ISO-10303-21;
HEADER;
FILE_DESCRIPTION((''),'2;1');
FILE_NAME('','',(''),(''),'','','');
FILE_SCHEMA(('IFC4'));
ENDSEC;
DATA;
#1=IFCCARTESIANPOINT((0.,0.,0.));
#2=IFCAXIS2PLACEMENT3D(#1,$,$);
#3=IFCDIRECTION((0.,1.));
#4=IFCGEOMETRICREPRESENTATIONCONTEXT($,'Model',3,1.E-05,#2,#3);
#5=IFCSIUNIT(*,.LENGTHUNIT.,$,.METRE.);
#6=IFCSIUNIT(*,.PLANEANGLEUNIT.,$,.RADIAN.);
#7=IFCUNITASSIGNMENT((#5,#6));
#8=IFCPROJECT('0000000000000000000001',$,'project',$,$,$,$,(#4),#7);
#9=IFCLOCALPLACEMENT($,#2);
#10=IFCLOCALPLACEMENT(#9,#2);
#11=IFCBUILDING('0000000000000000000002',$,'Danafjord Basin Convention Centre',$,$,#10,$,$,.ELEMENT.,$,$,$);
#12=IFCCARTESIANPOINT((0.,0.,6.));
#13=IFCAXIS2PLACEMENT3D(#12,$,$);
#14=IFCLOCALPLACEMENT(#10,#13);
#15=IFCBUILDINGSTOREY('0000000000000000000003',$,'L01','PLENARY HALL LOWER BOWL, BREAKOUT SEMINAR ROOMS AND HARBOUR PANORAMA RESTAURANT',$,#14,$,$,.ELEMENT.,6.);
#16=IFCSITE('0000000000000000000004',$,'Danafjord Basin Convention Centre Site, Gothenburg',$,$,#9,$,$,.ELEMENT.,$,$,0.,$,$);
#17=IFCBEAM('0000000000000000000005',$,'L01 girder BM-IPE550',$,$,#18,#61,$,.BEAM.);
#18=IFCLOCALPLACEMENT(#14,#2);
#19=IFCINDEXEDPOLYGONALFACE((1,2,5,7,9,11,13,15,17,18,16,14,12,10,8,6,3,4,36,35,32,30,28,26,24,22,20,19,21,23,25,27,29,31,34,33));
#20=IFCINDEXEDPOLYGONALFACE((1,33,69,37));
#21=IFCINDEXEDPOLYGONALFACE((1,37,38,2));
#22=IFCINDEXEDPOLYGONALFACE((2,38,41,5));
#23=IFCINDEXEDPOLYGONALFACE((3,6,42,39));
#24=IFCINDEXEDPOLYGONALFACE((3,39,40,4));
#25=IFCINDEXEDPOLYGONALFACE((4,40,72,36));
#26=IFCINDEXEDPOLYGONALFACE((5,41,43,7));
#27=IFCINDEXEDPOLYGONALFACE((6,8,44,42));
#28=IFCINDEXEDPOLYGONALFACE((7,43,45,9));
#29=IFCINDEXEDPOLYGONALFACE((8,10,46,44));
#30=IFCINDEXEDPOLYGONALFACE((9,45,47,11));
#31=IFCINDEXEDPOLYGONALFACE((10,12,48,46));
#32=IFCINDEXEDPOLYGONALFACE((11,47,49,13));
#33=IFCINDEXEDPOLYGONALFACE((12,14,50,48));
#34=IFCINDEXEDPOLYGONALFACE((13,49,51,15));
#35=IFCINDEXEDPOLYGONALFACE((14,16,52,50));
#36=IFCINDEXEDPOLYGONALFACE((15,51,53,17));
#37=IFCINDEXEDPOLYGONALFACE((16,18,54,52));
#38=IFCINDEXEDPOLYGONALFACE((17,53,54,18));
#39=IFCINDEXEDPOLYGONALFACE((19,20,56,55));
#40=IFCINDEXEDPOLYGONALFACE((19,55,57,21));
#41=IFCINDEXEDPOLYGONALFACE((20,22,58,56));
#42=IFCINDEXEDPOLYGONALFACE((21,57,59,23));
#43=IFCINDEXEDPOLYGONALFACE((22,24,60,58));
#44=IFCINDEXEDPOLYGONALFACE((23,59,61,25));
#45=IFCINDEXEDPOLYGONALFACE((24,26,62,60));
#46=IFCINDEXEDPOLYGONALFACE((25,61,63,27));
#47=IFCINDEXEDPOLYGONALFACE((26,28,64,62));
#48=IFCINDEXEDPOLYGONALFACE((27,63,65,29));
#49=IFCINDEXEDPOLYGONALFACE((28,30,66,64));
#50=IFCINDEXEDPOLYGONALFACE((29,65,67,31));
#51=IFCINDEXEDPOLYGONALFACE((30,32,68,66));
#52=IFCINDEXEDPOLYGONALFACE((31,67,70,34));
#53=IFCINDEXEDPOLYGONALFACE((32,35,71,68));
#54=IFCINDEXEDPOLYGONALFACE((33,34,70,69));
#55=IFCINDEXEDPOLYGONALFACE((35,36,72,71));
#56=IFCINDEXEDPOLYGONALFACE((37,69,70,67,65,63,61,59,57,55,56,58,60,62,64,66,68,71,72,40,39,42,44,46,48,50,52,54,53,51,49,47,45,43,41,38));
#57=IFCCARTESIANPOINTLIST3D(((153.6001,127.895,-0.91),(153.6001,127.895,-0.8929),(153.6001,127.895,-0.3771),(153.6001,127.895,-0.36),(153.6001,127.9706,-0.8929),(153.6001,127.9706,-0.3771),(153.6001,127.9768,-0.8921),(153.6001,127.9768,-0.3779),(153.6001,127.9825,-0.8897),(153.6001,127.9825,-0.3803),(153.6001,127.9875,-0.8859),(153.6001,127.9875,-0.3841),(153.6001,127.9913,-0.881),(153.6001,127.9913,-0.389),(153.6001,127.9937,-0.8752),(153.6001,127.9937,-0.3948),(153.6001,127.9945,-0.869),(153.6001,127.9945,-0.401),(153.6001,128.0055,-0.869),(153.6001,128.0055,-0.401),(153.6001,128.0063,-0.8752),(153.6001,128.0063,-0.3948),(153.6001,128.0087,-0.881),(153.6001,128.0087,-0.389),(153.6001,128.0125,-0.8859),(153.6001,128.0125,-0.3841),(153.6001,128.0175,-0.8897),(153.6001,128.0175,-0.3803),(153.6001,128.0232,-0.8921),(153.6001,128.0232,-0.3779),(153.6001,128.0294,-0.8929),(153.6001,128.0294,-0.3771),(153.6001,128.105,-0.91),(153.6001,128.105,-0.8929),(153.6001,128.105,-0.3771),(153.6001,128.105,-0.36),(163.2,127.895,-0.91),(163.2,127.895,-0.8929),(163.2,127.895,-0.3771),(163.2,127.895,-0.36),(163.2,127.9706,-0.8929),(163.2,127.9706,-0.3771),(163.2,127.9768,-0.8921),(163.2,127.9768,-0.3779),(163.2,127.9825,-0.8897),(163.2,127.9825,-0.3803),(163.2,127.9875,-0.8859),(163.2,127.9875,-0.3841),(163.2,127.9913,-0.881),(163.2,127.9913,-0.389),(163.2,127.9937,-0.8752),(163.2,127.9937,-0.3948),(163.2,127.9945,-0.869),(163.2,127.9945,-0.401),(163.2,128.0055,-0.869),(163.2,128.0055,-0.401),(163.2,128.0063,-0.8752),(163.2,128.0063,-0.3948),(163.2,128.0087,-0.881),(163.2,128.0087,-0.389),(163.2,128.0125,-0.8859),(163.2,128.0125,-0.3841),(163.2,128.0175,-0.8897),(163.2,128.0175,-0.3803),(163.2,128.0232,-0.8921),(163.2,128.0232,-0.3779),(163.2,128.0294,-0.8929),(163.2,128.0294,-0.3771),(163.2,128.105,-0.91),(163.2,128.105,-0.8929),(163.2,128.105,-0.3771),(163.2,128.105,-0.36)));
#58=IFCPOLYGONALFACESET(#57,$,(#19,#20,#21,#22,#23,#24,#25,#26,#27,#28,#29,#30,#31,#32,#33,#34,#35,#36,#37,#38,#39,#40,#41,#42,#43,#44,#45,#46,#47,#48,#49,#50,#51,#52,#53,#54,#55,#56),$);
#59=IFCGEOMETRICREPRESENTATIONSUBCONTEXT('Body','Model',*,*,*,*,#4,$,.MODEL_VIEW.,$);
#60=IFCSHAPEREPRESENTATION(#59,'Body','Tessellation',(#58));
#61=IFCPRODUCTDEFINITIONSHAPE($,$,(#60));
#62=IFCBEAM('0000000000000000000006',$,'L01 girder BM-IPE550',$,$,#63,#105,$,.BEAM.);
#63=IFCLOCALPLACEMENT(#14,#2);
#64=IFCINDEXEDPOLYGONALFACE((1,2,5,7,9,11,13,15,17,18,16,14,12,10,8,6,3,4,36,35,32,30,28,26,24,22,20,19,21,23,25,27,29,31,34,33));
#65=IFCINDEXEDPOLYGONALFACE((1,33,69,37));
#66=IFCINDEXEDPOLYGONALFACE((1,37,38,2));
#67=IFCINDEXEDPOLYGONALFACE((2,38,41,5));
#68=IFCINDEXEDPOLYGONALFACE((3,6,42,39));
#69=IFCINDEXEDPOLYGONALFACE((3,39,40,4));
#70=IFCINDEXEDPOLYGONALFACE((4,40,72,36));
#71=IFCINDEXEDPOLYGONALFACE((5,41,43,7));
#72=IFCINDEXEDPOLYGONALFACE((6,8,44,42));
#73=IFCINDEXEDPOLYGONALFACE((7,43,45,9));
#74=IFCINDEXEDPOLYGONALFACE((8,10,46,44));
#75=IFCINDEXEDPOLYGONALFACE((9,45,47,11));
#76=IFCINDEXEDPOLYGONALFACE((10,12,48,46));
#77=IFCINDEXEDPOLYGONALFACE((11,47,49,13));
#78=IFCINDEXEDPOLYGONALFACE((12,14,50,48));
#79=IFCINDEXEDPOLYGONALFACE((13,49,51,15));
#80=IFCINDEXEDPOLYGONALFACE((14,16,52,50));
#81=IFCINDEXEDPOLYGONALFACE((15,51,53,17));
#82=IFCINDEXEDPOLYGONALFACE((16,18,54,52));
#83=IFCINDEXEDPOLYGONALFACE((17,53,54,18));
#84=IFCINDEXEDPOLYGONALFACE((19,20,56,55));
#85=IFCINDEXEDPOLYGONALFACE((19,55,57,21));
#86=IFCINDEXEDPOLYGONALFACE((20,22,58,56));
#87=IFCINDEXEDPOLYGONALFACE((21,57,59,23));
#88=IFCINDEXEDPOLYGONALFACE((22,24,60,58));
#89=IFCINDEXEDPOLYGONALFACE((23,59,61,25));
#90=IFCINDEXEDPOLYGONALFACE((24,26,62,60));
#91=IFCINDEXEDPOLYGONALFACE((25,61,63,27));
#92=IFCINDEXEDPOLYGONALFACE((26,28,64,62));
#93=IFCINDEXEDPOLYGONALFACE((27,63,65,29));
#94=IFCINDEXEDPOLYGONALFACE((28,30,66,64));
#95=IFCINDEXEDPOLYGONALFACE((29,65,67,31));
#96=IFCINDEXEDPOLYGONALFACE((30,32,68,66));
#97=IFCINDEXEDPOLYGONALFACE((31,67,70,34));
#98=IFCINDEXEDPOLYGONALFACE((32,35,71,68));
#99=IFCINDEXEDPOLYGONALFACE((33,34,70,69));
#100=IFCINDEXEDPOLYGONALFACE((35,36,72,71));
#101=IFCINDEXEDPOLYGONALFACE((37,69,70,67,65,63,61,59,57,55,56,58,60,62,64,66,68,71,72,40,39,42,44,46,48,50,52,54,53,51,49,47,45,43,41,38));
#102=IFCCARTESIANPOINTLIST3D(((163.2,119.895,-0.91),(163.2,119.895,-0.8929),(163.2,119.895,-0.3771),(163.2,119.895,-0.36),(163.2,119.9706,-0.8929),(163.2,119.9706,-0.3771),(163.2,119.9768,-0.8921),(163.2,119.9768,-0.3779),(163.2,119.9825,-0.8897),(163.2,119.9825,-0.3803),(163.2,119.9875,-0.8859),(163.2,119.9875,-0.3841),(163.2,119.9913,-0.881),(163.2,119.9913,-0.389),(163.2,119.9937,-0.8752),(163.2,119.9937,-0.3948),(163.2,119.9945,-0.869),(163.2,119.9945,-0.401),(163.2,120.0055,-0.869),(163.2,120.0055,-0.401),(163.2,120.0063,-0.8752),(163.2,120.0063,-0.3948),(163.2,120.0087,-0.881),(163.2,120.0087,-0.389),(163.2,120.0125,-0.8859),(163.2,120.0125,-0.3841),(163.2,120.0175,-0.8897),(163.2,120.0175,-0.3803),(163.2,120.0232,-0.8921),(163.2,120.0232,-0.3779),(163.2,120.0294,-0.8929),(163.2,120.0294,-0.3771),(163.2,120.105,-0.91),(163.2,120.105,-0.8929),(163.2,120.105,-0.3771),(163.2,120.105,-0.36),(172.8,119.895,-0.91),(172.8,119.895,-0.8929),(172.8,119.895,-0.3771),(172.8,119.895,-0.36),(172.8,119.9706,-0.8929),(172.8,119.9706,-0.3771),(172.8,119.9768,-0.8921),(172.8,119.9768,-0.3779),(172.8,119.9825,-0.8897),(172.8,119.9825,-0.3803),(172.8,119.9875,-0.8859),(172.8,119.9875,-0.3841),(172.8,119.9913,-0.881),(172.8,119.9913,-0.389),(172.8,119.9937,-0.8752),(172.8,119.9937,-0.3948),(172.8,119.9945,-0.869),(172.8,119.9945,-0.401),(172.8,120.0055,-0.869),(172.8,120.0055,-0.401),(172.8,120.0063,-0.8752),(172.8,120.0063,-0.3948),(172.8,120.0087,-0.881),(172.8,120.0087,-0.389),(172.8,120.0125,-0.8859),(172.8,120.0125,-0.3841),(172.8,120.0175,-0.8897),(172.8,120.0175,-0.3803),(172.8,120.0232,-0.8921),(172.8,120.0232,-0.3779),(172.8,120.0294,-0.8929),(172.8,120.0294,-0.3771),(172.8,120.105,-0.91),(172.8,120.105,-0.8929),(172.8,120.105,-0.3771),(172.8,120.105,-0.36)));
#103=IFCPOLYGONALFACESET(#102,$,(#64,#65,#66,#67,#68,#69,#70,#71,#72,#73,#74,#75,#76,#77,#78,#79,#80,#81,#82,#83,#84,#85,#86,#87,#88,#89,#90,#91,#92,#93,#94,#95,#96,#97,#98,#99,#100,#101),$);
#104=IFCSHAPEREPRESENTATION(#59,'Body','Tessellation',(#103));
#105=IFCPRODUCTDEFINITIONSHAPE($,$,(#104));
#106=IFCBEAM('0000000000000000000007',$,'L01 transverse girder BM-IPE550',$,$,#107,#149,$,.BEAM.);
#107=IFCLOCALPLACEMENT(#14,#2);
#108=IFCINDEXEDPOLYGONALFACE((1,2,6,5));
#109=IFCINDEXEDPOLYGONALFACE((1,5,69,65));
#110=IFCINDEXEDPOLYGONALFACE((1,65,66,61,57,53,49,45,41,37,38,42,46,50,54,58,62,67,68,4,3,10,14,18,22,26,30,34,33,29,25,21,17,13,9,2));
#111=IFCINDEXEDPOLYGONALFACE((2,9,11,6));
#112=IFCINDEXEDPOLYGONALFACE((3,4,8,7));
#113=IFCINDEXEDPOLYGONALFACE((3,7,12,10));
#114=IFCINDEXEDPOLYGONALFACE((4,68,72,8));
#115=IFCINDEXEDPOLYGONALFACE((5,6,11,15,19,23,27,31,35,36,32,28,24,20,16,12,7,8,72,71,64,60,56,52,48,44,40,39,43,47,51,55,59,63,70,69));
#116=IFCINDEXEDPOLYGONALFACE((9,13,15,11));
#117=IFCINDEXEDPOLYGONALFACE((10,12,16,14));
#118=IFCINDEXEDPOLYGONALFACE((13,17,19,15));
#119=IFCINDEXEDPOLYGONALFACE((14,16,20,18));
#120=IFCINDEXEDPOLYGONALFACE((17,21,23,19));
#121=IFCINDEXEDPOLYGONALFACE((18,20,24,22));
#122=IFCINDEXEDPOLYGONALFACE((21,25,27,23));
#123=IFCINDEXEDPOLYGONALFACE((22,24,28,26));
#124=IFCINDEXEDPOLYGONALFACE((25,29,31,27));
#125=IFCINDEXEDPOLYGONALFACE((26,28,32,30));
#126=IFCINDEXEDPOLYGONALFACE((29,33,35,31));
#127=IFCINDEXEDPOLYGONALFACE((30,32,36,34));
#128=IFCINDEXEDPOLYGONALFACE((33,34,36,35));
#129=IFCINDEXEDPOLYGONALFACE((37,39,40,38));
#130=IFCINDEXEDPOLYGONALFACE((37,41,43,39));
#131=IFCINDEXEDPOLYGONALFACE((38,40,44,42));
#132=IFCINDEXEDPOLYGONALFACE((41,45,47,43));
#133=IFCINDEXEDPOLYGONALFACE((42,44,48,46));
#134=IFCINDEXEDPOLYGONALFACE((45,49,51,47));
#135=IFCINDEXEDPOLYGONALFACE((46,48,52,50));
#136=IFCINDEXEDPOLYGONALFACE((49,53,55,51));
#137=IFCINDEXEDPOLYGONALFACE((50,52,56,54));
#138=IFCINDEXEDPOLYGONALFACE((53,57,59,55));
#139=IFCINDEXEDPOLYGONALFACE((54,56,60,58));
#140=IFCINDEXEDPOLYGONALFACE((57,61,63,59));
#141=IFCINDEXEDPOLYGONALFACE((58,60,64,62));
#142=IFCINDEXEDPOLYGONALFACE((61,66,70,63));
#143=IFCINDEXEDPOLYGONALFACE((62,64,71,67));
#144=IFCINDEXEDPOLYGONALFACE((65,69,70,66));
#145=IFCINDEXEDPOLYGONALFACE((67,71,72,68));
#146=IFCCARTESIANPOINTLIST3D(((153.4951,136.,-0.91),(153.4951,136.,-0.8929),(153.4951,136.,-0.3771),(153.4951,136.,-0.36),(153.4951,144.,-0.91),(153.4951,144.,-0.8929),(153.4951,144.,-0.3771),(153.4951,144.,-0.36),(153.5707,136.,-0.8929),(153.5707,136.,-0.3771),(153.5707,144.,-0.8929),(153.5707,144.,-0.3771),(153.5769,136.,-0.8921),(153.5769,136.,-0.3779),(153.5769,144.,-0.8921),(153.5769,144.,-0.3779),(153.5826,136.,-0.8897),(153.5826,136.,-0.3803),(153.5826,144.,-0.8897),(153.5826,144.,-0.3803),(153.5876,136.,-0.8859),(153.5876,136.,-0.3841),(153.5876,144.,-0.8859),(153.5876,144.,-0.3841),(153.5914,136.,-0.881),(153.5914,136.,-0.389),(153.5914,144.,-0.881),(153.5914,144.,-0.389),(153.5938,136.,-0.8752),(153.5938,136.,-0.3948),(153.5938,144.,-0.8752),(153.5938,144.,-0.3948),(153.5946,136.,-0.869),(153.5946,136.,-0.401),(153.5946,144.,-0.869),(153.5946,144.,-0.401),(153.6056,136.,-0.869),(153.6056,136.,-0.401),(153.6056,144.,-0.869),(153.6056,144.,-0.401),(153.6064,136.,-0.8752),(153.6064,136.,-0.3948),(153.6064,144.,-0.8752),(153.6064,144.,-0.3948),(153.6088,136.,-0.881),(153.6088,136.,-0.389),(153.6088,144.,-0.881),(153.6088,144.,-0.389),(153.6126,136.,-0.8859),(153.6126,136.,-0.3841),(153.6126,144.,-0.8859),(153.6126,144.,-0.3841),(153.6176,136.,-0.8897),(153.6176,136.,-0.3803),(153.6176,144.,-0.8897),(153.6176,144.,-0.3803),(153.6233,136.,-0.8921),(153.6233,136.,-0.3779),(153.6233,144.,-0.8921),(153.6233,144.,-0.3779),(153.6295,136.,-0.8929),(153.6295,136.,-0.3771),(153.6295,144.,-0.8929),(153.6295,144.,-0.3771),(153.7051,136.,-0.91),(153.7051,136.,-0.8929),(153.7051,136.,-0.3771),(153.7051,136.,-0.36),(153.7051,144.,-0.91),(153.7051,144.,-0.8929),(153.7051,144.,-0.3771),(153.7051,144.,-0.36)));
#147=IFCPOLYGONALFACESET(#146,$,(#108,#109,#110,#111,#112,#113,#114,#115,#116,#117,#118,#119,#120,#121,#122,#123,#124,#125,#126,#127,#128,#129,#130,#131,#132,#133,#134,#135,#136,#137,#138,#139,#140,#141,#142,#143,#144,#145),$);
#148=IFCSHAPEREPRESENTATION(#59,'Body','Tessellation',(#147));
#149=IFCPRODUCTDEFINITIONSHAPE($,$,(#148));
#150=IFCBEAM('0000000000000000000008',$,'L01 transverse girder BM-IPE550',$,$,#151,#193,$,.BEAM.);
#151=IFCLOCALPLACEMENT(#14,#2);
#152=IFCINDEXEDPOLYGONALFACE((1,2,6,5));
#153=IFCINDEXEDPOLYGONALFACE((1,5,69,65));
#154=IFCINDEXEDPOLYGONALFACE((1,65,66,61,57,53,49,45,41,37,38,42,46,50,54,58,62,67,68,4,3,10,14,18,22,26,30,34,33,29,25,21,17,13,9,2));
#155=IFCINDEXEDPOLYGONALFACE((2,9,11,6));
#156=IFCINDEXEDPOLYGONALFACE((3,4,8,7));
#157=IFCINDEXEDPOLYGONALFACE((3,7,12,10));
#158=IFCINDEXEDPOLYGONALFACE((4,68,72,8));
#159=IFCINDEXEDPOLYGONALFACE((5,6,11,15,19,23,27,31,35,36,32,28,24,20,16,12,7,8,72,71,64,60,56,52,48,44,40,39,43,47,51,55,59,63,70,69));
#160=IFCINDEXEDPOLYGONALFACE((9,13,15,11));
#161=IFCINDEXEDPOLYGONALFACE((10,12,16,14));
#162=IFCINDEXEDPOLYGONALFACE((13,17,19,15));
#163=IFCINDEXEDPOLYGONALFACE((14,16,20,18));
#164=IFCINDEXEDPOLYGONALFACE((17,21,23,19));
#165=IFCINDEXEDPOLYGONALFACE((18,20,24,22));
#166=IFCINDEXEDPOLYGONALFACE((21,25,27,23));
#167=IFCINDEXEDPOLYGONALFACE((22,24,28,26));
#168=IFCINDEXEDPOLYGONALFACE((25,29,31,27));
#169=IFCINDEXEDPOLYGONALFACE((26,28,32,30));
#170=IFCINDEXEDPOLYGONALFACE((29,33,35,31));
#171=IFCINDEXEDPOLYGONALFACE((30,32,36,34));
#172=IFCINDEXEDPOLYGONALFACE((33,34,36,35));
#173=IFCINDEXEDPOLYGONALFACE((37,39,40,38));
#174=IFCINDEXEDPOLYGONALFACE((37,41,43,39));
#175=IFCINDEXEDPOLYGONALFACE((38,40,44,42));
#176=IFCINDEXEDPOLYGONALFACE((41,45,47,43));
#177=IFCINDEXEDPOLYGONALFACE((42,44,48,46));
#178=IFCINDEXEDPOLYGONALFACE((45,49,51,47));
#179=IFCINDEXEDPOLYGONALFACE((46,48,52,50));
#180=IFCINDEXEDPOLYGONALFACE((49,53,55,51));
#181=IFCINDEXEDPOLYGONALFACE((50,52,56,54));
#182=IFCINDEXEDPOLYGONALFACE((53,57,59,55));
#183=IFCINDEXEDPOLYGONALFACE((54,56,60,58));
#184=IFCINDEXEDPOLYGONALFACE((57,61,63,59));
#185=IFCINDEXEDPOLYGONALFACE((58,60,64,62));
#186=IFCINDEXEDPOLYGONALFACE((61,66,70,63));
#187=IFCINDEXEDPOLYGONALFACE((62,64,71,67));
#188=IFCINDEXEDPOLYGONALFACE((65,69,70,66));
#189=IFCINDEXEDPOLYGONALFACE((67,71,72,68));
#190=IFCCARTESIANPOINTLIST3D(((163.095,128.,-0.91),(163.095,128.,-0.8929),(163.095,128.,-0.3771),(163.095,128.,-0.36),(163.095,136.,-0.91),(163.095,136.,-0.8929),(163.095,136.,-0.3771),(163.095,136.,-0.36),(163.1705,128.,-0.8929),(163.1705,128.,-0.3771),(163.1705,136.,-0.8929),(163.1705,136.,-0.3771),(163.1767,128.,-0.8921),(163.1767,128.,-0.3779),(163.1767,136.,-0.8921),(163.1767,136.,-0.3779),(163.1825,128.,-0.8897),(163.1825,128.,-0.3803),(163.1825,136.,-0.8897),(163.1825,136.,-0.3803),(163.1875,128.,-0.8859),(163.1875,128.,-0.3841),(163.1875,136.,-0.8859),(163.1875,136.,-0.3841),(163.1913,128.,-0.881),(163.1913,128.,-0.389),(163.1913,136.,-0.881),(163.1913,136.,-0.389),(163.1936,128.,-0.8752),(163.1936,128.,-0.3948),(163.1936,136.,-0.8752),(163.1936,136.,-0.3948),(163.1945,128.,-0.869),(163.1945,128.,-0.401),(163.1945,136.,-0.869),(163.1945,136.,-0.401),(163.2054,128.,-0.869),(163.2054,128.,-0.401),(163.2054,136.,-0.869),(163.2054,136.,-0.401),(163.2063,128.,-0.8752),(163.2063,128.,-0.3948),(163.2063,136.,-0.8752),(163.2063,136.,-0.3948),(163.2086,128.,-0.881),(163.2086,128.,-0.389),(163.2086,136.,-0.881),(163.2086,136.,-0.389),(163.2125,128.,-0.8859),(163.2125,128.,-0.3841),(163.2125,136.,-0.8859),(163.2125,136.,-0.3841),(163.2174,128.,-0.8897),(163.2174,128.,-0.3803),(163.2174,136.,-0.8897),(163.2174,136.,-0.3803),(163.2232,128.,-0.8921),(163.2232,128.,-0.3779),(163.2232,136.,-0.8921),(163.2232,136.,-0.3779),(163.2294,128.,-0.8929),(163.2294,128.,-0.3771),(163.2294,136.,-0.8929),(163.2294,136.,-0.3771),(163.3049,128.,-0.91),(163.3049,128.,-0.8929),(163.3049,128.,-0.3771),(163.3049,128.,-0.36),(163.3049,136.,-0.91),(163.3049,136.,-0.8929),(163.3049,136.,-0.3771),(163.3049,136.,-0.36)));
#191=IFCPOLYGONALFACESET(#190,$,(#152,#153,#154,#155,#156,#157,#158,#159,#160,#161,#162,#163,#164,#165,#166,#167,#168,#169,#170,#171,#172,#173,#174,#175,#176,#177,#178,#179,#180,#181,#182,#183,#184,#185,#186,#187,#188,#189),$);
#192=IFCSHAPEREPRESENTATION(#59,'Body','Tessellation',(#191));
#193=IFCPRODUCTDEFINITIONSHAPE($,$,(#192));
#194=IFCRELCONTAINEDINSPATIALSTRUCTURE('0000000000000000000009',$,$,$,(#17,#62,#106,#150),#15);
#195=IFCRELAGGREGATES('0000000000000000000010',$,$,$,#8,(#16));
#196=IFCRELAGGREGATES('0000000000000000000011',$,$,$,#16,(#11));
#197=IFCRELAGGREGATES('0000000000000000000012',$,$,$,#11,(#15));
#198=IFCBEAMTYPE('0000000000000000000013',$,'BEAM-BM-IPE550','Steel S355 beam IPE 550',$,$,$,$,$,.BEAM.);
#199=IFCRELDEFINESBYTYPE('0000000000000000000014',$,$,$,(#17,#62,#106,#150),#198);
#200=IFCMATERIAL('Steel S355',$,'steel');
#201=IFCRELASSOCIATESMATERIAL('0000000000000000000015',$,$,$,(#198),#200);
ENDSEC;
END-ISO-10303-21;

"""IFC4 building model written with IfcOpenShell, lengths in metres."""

from ifc_helpers import new_model, si_unit, direction, frame, origin, origin_2d, place, context, subcontext, project, spatial, i_section, extrude, material, material_profile, profile_set, type_object, element, save


model = new_model("IFC4")

# Units and contexts
model_context = context("Model", 3, precision=1e-05, world=origin(), true_north=direction((0.0, 1.0)))
body_context = subcontext(model_context, "Body", "Model", "MODEL_VIEW")
ifc_project = project(units=[si_unit("LENGTHUNIT", "METRE"), si_unit("PLANEANGLEUNIT", "RADIAN")], contexts=[model_context])

# Site, building, storey
site_placement = place(None, origin())
site = spatial("IfcSite", under=ifc_project, at=site_placement, Name="Danafjord Basin Convention Centre Site, Gothenburg", CompositionType="ELEMENT", RefElevation=0.0)
building_placement = place(site_placement, origin())
building = spatial("IfcBuilding", under=site, at=building_placement, Name="Danafjord Basin Convention Centre", CompositionType="ELEMENT")
storey_placement = place(building_placement, frame((0.0, 0.0, 6.0)))
storey = spatial("IfcBuildingStorey", under=building, at=storey_placement, Name="L01", Description="PLENARY HALL LOWER BOWL, BREAKOUT SEMINAR ROOMS AND HARBOUR PANORAMA RESTAURANT", CompositionType="ELEMENT", Elevation=6.0)

# Shared definitions
ifc_material_1 = material(Name="Steel S355", Category="steel")

# Beams
ifc_material_profile_1 = material_profile(ifc_material_1, i_section(OverallWidth=0.21, OverallDepth=0.55, WebThickness=0.011, FlangeThickness=0.0171, FilletRadius=0.0239, at=origin_2d()), Name="IPE 550")
ifc_profile_set_1 = profile_set([ifc_material_profile_1], Name="Steel S355")
beam_type_1 = type_object("IfcBeamType", Name="BEAM-BM-IPE550", Description="Steel S355 beam IPE 550", PredefinedType="BEAM", material=ifc_profile_set_1)
beam_1_placement = place(storey_placement, frame((153.6001, 128.0, -0.635), z_axis=(1.0, 0.0, 0.0), x_axis=(0.0, 1.0, 0.0)))
element("IfcBeam", 1, at=beam_1_placement, inside=storey, type_object=beam_type_1, Name="L01 girder BM-IPE550", PredefinedType="BEAM", context=body_context, shape_type="SweptSolid", body=[
    extrude(i_section(OverallWidth=0.21, OverallDepth=0.55, WebThickness=0.011, FlangeThickness=0.0171, FilletRadius=0.0239, at=origin_2d()), origin(), (0.0, 0.0, 1.0), 9.5999),
])
beam_2_placement = place(storey_placement, frame((163.2, 120.0, -0.635), z_axis=(1.0, 0.0, 0.0), x_axis=(0.0, 1.0, 0.0)))
element("IfcBeam", 2, at=beam_2_placement, inside=storey, type_object=beam_type_1, Name="L01 girder BM-IPE550", PredefinedType="BEAM", context=body_context, shape_type="SweptSolid", body=[
    extrude(i_section(OverallWidth=0.21, OverallDepth=0.55, WebThickness=0.011, FlangeThickness=0.0171, FilletRadius=0.0239, at=origin_2d()), origin(), (0.0, 0.0, 1.0), 9.6001),
])
for number, where, z_axis, x_axis, name in (
    (3, (153.6001, 136.0, -0.635), (0.0, 1.0, 0.0), (-1.0, 0.0, 0.0), "L01 transverse girder BM-IPE550"),
    (4, (163.2, 128.0, -0.635), (0.0, 1.0, 0.0), (-1.0, 0.0, 0.0), "L01 transverse girder BM-IPE550"),
):
    element("IfcBeam", number, at=place(storey_placement, frame(where, z_axis=z_axis, x_axis=x_axis)), inside=storey, type_object=beam_type_1, Name=name, PredefinedType="BEAM", context=body_context, shape_type="SweptSolid", body=[
        extrude(i_section(OverallWidth=0.21, OverallDepth=0.55, WebThickness=0.011, FlangeThickness=0.0171, FilletRadius=0.0239, at=origin_2d()), origin(), (0.0, 0.0, 1.0), 8.0),
    ])

save(model, "model.ifc")
